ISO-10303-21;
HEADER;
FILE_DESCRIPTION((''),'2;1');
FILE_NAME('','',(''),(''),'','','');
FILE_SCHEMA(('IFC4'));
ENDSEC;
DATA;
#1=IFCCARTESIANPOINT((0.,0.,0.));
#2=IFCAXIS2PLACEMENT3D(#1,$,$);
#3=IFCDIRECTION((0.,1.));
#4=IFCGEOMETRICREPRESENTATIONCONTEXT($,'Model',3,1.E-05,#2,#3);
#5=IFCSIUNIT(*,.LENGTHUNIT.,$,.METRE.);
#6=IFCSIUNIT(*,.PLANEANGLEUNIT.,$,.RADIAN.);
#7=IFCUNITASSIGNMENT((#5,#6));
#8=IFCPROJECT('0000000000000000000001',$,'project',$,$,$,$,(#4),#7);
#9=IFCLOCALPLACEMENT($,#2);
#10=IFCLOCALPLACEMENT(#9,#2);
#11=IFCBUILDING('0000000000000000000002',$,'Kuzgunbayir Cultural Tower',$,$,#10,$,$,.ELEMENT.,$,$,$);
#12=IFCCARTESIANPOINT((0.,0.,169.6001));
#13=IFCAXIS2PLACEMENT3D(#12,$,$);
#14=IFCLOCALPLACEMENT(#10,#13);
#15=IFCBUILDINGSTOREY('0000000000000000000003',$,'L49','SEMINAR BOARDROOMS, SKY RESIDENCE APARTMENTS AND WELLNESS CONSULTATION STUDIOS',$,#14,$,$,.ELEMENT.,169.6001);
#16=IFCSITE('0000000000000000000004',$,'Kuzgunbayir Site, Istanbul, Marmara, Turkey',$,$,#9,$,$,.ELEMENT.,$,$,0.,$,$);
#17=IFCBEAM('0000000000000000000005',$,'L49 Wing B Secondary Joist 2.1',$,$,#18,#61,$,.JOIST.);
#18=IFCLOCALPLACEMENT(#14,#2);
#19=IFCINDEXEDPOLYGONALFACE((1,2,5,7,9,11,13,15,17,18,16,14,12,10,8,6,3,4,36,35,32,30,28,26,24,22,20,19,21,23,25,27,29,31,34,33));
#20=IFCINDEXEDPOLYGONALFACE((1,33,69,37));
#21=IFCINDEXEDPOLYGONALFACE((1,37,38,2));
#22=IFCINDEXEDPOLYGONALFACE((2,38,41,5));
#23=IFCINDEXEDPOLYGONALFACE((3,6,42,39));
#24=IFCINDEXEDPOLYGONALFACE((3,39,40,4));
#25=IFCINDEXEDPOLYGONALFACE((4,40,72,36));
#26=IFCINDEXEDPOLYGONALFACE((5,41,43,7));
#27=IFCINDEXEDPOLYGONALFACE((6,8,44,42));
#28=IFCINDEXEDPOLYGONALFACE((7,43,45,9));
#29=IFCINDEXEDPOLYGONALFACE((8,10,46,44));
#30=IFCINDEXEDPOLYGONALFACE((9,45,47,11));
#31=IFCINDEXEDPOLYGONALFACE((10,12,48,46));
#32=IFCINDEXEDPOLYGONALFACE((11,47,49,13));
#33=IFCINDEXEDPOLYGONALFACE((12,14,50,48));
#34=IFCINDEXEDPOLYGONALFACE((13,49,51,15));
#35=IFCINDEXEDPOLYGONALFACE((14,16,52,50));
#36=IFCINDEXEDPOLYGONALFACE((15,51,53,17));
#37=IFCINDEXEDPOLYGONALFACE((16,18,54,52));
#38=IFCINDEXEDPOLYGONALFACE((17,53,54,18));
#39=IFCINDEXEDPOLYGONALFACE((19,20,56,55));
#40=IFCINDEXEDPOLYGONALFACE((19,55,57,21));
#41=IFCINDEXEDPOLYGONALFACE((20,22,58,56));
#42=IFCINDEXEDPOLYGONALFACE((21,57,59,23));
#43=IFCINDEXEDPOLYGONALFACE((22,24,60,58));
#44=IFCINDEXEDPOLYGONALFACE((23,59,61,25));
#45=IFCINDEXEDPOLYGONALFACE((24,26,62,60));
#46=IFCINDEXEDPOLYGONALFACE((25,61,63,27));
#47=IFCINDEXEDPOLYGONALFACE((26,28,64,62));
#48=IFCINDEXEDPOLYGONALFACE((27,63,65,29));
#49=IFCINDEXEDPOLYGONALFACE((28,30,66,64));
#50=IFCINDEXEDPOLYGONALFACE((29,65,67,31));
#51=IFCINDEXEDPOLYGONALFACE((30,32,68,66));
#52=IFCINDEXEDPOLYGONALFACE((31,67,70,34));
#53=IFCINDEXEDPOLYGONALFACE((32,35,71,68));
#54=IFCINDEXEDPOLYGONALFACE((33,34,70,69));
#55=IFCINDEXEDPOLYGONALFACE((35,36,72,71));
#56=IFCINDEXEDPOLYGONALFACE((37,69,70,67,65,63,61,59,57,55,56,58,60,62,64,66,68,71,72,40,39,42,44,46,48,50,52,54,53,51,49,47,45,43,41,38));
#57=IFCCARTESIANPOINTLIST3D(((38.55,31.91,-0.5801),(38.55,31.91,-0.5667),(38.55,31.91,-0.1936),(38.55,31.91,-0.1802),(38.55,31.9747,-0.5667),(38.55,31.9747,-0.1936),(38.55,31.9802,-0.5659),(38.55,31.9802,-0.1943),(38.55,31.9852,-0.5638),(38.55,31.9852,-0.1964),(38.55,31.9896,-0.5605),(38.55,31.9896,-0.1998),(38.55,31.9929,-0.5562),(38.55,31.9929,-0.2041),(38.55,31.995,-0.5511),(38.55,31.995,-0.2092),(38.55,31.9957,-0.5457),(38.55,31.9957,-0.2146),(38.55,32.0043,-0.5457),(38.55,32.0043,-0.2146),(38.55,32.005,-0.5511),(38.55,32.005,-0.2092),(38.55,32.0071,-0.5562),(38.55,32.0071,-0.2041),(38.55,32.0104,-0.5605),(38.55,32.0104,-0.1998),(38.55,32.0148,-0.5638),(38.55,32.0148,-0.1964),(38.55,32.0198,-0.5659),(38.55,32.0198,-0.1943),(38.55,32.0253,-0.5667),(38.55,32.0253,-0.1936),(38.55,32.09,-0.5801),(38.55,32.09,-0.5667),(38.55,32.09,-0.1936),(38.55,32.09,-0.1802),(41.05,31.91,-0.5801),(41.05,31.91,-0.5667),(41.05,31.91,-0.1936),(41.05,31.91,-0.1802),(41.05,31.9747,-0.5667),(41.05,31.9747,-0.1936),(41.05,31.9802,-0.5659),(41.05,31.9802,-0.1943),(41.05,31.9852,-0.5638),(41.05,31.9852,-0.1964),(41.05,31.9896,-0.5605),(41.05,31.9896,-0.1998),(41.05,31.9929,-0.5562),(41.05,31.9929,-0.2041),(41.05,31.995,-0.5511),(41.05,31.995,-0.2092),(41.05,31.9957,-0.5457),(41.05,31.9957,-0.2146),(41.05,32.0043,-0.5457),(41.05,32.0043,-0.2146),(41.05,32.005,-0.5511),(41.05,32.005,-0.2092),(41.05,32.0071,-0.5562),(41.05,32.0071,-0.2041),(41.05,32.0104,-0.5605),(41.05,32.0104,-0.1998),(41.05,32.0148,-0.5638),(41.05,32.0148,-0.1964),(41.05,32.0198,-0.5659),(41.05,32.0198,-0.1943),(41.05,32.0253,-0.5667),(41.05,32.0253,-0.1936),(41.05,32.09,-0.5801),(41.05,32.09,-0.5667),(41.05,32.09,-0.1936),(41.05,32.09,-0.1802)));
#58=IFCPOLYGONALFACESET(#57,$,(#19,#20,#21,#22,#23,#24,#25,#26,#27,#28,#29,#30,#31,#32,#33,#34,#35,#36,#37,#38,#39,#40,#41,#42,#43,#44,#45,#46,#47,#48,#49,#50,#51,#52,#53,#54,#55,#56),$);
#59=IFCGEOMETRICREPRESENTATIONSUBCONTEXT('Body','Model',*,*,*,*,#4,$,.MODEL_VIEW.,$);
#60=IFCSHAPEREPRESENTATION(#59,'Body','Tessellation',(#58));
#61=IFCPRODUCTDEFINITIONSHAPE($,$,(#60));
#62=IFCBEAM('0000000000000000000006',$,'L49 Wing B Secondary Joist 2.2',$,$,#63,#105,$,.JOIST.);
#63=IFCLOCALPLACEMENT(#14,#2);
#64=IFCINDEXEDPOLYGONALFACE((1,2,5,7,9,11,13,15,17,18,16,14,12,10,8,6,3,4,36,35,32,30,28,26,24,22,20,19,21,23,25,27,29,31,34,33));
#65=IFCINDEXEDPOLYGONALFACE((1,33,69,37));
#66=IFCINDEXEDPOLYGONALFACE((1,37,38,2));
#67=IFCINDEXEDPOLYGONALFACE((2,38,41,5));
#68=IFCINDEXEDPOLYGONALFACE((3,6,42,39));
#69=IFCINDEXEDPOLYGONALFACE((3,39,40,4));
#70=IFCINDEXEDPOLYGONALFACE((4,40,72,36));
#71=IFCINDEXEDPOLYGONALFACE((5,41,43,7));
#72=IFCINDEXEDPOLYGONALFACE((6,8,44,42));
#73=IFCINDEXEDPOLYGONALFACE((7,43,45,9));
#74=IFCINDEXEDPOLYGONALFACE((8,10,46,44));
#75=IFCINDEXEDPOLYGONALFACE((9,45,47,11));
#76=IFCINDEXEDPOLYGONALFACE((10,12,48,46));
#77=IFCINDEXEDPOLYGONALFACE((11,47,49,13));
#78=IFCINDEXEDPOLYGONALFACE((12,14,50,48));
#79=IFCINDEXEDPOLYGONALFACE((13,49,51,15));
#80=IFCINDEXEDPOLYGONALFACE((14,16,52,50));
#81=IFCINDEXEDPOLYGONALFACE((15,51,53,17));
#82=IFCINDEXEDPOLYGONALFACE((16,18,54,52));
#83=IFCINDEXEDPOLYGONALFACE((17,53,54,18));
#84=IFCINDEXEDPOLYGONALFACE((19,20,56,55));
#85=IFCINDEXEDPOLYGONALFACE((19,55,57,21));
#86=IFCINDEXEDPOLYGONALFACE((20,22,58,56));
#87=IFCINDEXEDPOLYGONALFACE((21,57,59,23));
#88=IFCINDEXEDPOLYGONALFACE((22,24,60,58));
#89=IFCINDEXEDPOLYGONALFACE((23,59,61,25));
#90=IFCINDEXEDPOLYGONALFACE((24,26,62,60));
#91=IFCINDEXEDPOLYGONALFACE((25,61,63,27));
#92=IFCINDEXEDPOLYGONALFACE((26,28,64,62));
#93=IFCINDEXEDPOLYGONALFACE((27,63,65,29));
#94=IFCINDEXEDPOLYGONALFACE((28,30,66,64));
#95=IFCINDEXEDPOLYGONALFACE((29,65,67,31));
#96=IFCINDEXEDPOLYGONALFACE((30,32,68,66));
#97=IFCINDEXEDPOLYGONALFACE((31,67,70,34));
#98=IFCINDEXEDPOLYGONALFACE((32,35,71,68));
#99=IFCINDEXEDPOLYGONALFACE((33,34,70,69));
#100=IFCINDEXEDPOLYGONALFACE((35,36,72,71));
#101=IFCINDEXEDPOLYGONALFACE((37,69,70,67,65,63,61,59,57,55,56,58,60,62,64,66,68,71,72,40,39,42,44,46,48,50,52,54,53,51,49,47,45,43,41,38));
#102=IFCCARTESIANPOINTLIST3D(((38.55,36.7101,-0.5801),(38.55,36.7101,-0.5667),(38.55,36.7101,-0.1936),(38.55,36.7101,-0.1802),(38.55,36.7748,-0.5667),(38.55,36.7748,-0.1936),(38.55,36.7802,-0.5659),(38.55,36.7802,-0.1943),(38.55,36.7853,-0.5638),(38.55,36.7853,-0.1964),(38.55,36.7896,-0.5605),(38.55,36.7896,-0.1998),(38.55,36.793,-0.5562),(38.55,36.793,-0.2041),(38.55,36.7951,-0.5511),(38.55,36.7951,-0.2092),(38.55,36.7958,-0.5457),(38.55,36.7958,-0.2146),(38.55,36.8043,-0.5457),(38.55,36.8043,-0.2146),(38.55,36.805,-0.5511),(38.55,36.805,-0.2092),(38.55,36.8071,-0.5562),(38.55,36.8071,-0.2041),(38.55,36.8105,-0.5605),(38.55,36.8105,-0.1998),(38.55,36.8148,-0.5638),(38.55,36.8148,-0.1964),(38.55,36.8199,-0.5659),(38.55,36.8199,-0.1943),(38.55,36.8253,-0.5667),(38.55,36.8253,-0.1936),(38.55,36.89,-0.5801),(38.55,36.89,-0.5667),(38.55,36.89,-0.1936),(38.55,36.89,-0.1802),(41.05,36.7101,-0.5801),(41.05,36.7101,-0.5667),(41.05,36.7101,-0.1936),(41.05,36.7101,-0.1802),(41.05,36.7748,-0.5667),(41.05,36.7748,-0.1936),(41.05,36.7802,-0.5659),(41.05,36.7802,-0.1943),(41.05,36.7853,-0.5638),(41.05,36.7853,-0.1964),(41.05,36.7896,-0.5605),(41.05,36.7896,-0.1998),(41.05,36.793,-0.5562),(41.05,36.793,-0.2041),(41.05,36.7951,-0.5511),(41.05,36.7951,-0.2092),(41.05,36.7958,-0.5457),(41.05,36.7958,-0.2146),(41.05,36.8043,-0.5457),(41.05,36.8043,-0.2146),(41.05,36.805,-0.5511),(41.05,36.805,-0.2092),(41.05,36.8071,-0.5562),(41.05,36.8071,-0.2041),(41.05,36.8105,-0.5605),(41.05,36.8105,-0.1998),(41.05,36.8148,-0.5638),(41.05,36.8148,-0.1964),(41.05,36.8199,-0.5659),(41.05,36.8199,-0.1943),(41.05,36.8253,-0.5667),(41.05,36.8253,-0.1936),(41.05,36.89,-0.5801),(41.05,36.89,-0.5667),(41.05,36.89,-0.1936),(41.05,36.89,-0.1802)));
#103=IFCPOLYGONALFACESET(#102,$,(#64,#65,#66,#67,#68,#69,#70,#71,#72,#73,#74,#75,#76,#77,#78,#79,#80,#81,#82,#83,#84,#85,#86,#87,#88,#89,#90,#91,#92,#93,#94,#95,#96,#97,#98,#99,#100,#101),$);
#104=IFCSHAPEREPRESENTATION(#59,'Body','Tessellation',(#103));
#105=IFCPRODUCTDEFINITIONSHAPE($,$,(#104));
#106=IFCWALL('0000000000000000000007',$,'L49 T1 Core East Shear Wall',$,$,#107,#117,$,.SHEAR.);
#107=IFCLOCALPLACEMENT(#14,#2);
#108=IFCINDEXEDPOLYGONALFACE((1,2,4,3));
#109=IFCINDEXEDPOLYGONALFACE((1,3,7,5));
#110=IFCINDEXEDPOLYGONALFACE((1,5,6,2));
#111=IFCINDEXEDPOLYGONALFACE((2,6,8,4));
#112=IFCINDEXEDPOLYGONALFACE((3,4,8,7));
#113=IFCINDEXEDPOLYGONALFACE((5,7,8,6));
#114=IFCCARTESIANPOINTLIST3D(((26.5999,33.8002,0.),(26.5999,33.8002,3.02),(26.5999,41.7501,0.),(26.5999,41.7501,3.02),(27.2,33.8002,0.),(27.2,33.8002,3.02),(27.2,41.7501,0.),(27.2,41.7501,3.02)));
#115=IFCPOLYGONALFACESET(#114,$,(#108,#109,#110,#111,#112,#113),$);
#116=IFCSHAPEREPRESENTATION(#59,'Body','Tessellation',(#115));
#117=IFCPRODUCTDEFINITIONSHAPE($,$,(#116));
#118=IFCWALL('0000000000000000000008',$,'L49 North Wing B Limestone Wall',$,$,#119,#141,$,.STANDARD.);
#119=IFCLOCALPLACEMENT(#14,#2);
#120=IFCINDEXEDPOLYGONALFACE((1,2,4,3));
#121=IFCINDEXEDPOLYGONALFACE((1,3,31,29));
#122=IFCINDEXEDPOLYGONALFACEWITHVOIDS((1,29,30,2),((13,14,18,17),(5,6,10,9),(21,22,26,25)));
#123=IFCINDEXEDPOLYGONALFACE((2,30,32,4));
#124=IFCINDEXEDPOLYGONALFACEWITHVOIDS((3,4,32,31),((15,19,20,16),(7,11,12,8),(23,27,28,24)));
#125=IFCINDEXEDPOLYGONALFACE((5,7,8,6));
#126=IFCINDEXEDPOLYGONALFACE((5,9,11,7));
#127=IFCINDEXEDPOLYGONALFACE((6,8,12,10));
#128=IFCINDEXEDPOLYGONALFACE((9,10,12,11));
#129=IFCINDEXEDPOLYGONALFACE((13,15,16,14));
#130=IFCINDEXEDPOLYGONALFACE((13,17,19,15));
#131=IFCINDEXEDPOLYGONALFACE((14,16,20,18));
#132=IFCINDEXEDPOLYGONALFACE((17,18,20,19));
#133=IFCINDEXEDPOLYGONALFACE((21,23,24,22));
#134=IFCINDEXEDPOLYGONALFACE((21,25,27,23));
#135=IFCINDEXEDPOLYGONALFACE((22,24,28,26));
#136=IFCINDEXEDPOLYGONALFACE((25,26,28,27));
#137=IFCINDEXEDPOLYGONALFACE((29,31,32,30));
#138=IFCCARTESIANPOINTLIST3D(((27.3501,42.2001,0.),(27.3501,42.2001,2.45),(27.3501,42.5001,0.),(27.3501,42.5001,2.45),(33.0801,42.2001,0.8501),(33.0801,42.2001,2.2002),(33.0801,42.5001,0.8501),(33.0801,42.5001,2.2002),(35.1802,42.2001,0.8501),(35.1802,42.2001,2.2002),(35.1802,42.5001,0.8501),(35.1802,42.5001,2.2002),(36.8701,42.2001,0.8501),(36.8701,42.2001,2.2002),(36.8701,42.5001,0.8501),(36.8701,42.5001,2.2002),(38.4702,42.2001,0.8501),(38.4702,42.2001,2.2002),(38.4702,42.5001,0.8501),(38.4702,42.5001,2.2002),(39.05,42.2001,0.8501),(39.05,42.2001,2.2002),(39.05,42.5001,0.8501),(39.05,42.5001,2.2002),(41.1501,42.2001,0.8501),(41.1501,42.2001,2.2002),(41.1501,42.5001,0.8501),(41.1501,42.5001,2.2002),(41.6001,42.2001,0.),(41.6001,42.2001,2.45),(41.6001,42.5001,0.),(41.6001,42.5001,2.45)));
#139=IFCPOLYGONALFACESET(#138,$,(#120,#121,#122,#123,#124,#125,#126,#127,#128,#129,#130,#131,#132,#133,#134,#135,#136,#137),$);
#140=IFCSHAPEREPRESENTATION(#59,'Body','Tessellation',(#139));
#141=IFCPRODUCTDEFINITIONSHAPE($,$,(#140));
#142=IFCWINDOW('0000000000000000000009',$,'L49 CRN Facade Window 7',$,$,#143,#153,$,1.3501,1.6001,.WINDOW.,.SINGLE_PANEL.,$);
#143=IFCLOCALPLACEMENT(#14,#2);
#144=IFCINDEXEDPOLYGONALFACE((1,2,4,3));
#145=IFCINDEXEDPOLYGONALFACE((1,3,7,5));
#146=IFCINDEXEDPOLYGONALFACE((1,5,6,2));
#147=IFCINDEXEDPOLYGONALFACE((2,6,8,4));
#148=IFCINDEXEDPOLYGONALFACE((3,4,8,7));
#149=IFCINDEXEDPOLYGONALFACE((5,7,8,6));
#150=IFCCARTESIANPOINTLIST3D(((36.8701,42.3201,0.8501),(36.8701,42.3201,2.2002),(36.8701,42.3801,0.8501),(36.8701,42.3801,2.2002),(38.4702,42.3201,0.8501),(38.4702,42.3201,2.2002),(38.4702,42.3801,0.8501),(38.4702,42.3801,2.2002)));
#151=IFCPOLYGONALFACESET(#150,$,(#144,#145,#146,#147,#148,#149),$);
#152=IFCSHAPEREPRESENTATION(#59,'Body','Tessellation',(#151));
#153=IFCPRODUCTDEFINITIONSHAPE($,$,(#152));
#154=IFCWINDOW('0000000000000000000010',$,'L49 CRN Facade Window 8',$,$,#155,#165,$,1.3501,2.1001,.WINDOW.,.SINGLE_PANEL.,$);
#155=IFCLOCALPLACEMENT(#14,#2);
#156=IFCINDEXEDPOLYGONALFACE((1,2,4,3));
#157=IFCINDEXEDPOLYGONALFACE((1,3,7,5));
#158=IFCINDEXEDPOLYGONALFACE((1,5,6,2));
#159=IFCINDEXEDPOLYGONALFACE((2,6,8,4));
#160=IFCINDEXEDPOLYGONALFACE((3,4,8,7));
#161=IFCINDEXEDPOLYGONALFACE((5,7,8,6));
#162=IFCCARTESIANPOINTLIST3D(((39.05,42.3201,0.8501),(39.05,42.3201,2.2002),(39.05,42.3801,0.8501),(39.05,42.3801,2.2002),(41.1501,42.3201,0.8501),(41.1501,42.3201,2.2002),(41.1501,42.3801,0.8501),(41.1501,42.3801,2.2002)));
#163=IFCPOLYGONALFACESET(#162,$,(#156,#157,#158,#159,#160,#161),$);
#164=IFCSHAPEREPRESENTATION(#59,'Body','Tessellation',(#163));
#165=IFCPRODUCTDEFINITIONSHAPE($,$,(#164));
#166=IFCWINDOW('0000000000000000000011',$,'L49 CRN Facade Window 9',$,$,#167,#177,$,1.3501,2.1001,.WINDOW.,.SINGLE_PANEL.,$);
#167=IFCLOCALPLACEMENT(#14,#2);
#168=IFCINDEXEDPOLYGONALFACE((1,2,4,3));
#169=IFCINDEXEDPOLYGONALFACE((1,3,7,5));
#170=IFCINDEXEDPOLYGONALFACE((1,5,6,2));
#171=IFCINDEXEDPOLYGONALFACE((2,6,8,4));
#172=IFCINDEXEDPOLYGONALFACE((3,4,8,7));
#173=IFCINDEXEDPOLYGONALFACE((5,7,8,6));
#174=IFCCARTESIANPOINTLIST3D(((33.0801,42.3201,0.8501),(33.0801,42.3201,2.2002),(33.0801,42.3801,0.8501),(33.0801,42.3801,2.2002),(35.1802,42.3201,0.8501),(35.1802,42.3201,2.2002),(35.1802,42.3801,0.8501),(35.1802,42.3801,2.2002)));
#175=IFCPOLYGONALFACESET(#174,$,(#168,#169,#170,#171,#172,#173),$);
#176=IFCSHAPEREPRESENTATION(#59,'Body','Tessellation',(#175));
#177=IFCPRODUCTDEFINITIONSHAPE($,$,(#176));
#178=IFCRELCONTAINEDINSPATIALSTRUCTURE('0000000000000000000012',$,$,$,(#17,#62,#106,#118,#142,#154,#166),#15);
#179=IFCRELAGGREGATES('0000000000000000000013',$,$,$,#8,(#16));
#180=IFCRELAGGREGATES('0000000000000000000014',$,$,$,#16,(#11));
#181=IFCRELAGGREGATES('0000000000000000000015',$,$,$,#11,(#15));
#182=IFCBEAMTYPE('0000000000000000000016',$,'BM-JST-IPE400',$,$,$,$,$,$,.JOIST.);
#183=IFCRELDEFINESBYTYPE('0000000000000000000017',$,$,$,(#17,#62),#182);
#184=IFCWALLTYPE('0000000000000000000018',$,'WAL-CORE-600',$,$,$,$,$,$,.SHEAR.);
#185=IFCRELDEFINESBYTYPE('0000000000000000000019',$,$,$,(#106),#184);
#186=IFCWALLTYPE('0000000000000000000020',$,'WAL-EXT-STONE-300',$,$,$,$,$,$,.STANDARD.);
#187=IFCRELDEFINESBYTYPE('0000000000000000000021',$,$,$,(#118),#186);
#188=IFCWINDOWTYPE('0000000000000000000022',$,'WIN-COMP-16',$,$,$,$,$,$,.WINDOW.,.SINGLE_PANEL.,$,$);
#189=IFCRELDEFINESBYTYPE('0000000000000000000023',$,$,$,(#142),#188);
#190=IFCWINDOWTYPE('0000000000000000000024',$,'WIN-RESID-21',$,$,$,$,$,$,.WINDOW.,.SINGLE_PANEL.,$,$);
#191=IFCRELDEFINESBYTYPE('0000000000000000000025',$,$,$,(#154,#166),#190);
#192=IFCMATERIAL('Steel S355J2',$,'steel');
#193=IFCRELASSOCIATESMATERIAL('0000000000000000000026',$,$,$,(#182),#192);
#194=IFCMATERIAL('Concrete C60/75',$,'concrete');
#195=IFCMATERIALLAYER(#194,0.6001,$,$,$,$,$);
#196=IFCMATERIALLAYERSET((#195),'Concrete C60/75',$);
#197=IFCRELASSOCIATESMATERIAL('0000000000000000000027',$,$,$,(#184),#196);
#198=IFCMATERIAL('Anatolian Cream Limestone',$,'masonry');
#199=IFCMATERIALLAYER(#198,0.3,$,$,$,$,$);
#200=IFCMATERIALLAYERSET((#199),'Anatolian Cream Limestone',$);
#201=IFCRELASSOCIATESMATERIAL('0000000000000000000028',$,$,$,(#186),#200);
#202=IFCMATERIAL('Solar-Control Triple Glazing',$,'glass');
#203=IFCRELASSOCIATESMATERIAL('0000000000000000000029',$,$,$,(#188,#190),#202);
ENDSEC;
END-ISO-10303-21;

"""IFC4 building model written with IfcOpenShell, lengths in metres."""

from ifc_helpers import new_model, si_unit, direction, frame, frame_2d, origin, origin_2d, place, context, subcontext, project, spatial, rectangle, i_section, extrude, material, layer, layer_set, material_profile, profile_set, type_object, element, fill, save


model = new_model("IFC4")

# Units and contexts
model_context = context("Model", 3, precision=1e-05, world=origin(), true_north=direction((0.0, 1.0)))
body_context = subcontext(model_context, "Body", "Model", "MODEL_VIEW")
ifc_project = project(units=[si_unit("LENGTHUNIT", "METRE"), si_unit("PLANEANGLEUNIT", "RADIAN")], contexts=[model_context])

# Site, building, storey
site_placement = place(None, origin())
site = spatial("IfcSite", under=ifc_project, at=site_placement, Name="Kuzgunbayir Site, Istanbul, Marmara, Turkey", CompositionType="ELEMENT", RefElevation=0.0)
building_placement = place(site_placement, origin())
building = spatial("IfcBuilding", under=site, at=building_placement, Name="Kuzgunbayir Cultural Tower", CompositionType="ELEMENT")
storey_placement = place(building_placement, frame((0.0, 0.0, 169.6001)))
storey = spatial("IfcBuildingStorey", under=building, at=storey_placement, Name="L49", Description="SEMINAR BOARDROOMS, SKY RESIDENCE APARTMENTS AND WELLNESS CONSULTATION STUDIOS", CompositionType="ELEMENT", Elevation=169.6001)

# Beams
ifc_material_1 = material(Name="Steel S355J2", Category="steel")
ifc_material_profile_1 = material_profile(ifc_material_1, i_section(OverallWidth=0.1799, OverallDepth=0.3999, WebThickness=0.0085, FlangeThickness=0.0134, FilletRadius=0.021, at=origin_2d()), Name="IPE 400")
ifc_profile_set_1 = profile_set([ifc_material_profile_1], Name="Steel S355J2")
beam_type_1 = type_object("IfcBeamType", Name="BM-JST-IPE400", PredefinedType="JOIST", material=ifc_profile_set_1)
for number, where, z_axis, x_axis, name in (
    (1, (38.55, 32.0, -0.3801), (1.0, 0.0, 0.0), (0.0, 1.0, 0.0), "L49 Wing B Secondary Joist 2.1"),
    (2, (38.55, 36.8, -0.3801), (1.0, 0.0, 0.0), (0.0, 1.0, 0.0), "L49 Wing B Secondary Joist 2.2"),
):
    element("IfcBeam", number, at=place(storey_placement, frame(where, z_axis=z_axis, x_axis=x_axis)), inside=storey, type_object=beam_type_1, Name=name, PredefinedType="JOIST", context=body_context, shape_type="SweptSolid", body=[
        extrude(i_section(OverallWidth=0.1799, OverallDepth=0.3999, WebThickness=0.0085, FlangeThickness=0.0134, FilletRadius=0.021, at=origin_2d()), origin(), (0.0, 0.0, 1.0), 2.5),
    ])

# Wall
ifc_material_2 = material(Name="Concrete C60/75", Category="concrete")
ifc_layer_1 = layer(ifc_material_2, 0.6001)
ifc_layer_set_1 = layer_set([ifc_layer_1], Name="Concrete C60/75")
wall_type_1 = type_object("IfcWallType", Name="WAL-CORE-600", PredefinedType="SHEAR", material=ifc_layer_set_1)
wall_1_placement = place(storey_placement, frame((26.8999, 33.8, 0.0), z_axis=(0.0, 0.0, 1.0), x_axis=(0.0, 1.0, 0.0)))
element("IfcWall", 3, at=wall_1_placement, inside=storey, type_object=wall_type_1, Name="L49 T1 Core East Shear Wall", PredefinedType="SHEAR", context=body_context, shape_type="SweptSolid", body=[
    extrude(rectangle(XDim=7.95, YDim=0.6001, at=frame_2d((3.9751, 0.0))), origin(), (0.0, 0.0, 1.0), 3.02),
])

# Wall, openings, windows
ifc_material_3 = material(Name="Anatolian Cream Limestone", Category="masonry")
ifc_layer_2 = layer(ifc_material_3, 0.3)
ifc_layer_set_2 = layer_set([ifc_layer_2], Name="Anatolian Cream Limestone")
wall_type_2 = type_object("IfcWallType", Name="WAL-EXT-STONE-300", PredefinedType="STANDARD", material=ifc_layer_set_2)
wall_2_placement = place(storey_placement, frame((41.6001, 42.3501, 0.0), z_axis=(0.0, 0.0, 1.0), x_axis=(-1.0, 0.0, 0.0)))
wall_2 = element("IfcWall", 4, at=wall_2_placement, inside=storey, type_object=wall_type_2, Name="L49 North Wing B Limestone Wall", PredefinedType="STANDARD", context=body_context, shape_type="SweptSolid", body=[
    extrude(rectangle(XDim=14.25, YDim=0.3, at=frame_2d((7.125, 0.0))), origin(), (0.0, 0.0, 1.0), 2.45),
])
opening_1_placement = place(wall_2_placement, frame((3.1299, 0.0, 0.8501)))
opening_1 = element("IfcOpeningElement", 5, at=opening_1_placement, cuts=wall_2, PredefinedType="OPENING", context=body_context, shape_type="SweptSolid", body=[
    extrude(rectangle(XDim=1.6001, YDim=1.3501, at=frame_2d((0.8, 0.675))), frame((0.0, 0.1602, 0.0), z_axis=(0.0, -1.0, 0.0), x_axis=(1.0, 0.0, 0.0)), (0.0, 0.0, 1.0), 0.3201),
])
opening_2_placement = place(wall_2_placement, frame((0.45, 0.0, 0.8501)))
opening_2 = element("IfcOpeningElement", 6, at=opening_2_placement, cuts=wall_2, PredefinedType="OPENING", context=body_context, shape_type="SweptSolid", body=[
    extrude(rectangle(XDim=2.1001, YDim=1.3501, at=frame_2d((1.05, 0.675))), frame((0.0, 0.1602, 0.0), z_axis=(0.0, -1.0, 0.0), x_axis=(1.0, 0.0, 0.0)), (0.0, 0.0, 1.0), 0.3201),
])
opening_3_placement = place(wall_2_placement, frame((6.4199, 0.0, 0.8501)))
opening_3 = element("IfcOpeningElement", 7, at=opening_3_placement, cuts=wall_2, PredefinedType="OPENING", context=body_context, shape_type="SweptSolid", body=[
    extrude(rectangle(XDim=2.1001, YDim=1.3501, at=frame_2d((1.05, 0.675))), frame((0.0, 0.1602, 0.0), z_axis=(0.0, -1.0, 0.0), x_axis=(1.0, 0.0, 0.0)), (0.0, 0.0, 1.0), 0.3201),
])
ifc_material_4 = material(Name="Solar-Control Triple Glazing", Category="glass")
window_type_1 = type_object("IfcWindowType", Name="WIN-COMP-16", PartitioningType="SINGLE_PANEL", PredefinedType="WINDOW", material=ifc_material_4)
window_1_placement = place(opening_1_placement, origin())
window_1 = element("IfcWindow", 8, at=window_1_placement, inside=storey, type_object=window_type_1, Name="L49 CRN Facade Window 7", OverallHeight=1.3501, OverallWidth=1.6001, PartitioningType="SINGLE_PANEL", PredefinedType="WINDOW", context=body_context, shape_type="SweptSolid", body=[
    extrude(rectangle(XDim=1.6001, YDim=1.3501, at=frame_2d((0.8, 0.675))), frame((0.0, 0.03, 0.0), z_axis=(0.0, -1.0, 0.0), x_axis=(1.0, 0.0, 0.0)), (0.0, 0.0, 1.0), 0.0601),
])
fill(opening_1, window_1)
window_type_2 = type_object("IfcWindowType", Name="WIN-RESID-21", PartitioningType="SINGLE_PANEL", PredefinedType="WINDOW", material=ifc_material_4)
window_2_placement = place(opening_2_placement, origin())
window_2 = element("IfcWindow", 9, at=window_2_placement, inside=storey, type_object=window_type_2, Name="L49 CRN Facade Window 8", OverallHeight=1.3501, OverallWidth=2.1001, PartitioningType="SINGLE_PANEL", PredefinedType="WINDOW", context=body_context, shape_type="SweptSolid", body=[
    extrude(rectangle(XDim=2.1001, YDim=1.3501, at=frame_2d((1.05, 0.675))), frame((0.0, 0.03, 0.0), z_axis=(0.0, -1.0, 0.0), x_axis=(1.0, 0.0, 0.0)), (0.0, 0.0, 1.0), 0.0601),
])
fill(opening_2, window_2)
window_3_placement = place(opening_3_placement, origin())
window_3 = element("IfcWindow", 10, at=window_3_placement, inside=storey, type_object=window_type_2, Name="L49 CRN Facade Window 9", OverallHeight=1.3501, OverallWidth=2.1001, PartitioningType="SINGLE_PANEL", PredefinedType="WINDOW", context=body_context, shape_type="SweptSolid", body=[
    extrude(rectangle(XDim=2.1001, YDim=1.3501, at=frame_2d((1.05, 0.675))), frame((0.0, 0.03, 0.0), z_axis=(0.0, -1.0, 0.0), x_axis=(1.0, 0.0, 0.0)), (0.0, 0.0, 1.0), 0.0601),
])
fill(opening_3, window_3)

save(model, "model.ifc")
